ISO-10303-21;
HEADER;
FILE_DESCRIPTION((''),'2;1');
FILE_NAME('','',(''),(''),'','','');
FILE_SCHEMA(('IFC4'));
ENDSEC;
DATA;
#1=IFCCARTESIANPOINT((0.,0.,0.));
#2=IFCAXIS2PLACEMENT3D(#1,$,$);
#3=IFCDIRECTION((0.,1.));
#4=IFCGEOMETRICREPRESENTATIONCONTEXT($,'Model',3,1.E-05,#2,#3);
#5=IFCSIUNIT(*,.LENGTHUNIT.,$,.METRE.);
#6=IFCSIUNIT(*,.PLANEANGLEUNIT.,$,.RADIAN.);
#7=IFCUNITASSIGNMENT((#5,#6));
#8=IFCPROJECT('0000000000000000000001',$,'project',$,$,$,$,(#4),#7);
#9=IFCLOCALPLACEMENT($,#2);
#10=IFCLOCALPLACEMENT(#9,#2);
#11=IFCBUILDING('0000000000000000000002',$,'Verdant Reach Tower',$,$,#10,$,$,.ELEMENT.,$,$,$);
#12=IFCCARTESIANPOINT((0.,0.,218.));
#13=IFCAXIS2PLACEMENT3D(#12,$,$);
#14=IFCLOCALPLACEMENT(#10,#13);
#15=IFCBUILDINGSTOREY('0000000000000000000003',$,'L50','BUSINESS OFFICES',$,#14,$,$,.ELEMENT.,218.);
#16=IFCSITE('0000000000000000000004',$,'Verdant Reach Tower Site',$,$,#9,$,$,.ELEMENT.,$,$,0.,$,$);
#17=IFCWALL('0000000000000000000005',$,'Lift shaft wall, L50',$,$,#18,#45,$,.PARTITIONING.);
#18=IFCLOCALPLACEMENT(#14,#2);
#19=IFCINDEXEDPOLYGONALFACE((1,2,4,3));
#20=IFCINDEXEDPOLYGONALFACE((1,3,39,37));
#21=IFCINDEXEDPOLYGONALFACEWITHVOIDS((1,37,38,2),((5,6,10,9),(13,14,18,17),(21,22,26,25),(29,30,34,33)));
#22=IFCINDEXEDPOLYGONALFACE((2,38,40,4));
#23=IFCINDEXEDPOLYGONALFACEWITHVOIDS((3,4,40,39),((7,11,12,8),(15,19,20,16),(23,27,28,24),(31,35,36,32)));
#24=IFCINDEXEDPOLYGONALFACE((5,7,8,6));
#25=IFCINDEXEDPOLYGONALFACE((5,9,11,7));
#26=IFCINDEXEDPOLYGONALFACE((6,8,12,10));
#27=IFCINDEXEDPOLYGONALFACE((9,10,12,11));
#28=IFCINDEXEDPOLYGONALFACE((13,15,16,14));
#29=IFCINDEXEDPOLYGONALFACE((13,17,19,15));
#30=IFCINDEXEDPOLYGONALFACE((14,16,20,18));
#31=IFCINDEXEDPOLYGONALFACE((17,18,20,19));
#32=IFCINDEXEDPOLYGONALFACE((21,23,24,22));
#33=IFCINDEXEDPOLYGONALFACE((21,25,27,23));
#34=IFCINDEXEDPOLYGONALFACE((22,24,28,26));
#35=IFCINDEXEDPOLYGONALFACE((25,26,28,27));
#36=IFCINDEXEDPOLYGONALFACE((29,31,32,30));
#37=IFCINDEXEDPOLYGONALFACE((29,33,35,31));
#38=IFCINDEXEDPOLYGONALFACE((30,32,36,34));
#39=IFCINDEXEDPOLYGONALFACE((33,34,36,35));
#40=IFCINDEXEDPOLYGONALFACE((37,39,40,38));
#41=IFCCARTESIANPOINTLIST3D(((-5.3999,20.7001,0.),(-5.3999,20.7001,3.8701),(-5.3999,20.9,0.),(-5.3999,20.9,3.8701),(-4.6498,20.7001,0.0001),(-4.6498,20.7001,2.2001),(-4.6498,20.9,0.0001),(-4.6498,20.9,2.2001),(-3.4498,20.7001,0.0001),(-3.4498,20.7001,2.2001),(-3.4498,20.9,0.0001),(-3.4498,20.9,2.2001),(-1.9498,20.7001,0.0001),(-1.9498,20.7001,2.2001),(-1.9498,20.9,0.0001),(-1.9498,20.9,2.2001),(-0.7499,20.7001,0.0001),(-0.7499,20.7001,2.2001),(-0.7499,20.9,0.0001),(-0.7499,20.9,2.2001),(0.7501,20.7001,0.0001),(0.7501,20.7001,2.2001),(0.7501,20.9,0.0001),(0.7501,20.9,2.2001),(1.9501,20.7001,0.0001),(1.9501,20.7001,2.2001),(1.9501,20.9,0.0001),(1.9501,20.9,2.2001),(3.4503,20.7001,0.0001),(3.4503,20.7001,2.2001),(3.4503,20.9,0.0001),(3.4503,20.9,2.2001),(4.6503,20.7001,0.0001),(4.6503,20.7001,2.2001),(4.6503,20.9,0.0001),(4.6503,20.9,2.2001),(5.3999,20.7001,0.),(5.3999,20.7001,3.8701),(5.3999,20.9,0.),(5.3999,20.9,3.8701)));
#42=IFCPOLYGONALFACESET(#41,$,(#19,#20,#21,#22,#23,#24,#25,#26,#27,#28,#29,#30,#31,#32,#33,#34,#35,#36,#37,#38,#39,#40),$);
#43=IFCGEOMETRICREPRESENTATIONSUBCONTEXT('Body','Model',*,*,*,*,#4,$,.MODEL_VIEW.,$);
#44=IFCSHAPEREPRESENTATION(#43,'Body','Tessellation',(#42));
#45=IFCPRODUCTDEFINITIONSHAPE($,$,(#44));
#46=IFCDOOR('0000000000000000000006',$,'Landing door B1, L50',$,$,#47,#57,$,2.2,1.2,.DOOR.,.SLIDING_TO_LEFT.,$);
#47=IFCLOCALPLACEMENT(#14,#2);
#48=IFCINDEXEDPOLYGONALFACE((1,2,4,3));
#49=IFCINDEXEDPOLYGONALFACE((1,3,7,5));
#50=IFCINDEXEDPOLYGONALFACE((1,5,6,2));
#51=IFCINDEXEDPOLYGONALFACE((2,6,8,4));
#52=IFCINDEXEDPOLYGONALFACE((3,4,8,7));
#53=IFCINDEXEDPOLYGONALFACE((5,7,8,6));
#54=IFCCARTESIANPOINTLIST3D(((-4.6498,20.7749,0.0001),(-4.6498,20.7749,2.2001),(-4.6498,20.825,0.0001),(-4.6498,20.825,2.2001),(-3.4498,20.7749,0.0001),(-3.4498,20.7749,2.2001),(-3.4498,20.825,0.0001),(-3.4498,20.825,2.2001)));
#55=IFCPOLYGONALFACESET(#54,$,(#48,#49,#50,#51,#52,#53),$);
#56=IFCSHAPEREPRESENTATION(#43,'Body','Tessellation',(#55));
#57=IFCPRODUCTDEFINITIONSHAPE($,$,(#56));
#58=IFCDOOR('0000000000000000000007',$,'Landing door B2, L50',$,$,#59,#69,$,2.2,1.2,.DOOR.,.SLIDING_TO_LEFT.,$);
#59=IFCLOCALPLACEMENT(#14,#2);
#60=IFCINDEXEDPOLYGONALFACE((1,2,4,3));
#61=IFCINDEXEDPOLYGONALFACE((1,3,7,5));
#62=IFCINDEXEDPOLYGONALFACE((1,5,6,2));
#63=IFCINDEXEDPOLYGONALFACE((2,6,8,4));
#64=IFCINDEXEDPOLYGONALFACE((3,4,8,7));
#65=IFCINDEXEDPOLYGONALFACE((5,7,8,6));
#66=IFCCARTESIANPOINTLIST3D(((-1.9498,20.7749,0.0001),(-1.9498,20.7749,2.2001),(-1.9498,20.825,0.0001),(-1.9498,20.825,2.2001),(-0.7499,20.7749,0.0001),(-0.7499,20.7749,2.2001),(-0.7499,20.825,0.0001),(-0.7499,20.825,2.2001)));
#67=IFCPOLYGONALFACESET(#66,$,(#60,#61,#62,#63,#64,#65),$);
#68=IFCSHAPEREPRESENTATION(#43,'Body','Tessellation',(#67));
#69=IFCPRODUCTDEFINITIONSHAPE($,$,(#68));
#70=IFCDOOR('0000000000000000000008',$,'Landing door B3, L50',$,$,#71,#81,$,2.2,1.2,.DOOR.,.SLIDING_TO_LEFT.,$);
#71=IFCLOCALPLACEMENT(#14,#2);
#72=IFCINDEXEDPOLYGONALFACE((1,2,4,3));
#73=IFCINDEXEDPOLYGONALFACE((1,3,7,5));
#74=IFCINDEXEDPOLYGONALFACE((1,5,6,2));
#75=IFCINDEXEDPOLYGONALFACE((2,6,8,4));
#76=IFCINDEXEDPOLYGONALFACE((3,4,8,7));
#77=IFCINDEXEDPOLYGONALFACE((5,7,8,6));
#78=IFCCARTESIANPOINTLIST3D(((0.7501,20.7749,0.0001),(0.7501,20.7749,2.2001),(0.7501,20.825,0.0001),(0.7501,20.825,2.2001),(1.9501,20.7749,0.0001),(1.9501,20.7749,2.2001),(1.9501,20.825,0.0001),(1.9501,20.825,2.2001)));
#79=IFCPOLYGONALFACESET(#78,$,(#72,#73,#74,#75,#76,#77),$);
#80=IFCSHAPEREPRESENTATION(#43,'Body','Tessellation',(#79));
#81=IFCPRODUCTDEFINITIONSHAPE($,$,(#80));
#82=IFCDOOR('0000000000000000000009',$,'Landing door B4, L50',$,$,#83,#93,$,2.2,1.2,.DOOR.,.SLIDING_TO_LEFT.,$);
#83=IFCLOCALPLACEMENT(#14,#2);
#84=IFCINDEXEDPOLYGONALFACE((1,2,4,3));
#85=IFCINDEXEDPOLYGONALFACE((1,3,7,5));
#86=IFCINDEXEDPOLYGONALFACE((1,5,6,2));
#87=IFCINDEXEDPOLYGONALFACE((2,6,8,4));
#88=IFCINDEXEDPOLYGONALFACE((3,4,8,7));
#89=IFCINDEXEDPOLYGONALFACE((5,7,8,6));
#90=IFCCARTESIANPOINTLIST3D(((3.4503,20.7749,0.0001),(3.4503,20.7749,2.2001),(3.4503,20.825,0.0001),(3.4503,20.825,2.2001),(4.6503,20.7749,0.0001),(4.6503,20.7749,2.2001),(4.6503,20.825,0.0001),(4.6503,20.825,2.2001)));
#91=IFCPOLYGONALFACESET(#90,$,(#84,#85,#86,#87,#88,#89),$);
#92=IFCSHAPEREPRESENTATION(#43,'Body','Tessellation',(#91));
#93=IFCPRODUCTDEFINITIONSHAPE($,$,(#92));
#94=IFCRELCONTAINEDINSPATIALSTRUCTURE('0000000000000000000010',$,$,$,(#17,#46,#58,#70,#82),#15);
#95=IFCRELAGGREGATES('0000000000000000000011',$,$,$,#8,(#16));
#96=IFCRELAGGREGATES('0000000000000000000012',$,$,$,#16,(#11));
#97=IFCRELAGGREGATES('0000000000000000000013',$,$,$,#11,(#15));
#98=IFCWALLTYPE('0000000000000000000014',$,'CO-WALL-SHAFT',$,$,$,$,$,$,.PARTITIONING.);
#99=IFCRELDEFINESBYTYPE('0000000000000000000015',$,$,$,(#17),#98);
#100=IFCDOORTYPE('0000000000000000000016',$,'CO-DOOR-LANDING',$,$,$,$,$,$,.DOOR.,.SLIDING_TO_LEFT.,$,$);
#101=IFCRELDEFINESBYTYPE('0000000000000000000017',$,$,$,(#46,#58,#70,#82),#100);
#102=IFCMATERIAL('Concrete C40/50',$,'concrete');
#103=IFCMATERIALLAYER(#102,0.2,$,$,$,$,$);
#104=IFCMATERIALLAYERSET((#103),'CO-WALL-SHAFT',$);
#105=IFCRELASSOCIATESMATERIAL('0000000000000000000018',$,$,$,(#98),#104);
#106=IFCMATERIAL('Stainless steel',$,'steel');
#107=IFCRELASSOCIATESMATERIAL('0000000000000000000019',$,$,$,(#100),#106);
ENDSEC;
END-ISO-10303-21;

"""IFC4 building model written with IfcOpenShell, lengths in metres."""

from ifc_helpers import new_model, si_unit, direction, frame, frame_2d, origin, place, context, subcontext, project, spatial, rectangle, extrude, material, layer, layer_set, type_object, element, fill, save


model = new_model("IFC4")

# Units and contexts
model_context = context("Model", 3, precision=1e-05, world=origin(), true_north=direction((0.0, 1.0)))
body_context = subcontext(model_context, "Body", "Model", "MODEL_VIEW")
ifc_project = project(units=[si_unit("LENGTHUNIT", "METRE"), si_unit("PLANEANGLEUNIT", "RADIAN")], contexts=[model_context])

# Site, building, storey
site_placement = place(None, origin())
site = spatial("IfcSite", under=ifc_project, at=site_placement, Name="Verdant Reach Tower Site", CompositionType="ELEMENT", RefElevation=0.0)
building_placement = place(site_placement, origin())
building = spatial("IfcBuilding", under=site, at=building_placement, Name="Verdant Reach Tower", CompositionType="ELEMENT")
storey_placement = place(building_placement, frame((0.0, 0.0, 218.0)))
storey = spatial("IfcBuildingStorey", under=building, at=storey_placement, Name="L50", Description="BUSINESS OFFICES", CompositionType="ELEMENT", Elevation=218.0)

# Wall, openings, doors
ifc_material_1 = material(Name="Concrete C40/50", Category="concrete")
ifc_layer_1 = layer(ifc_material_1, 0.2)
ifc_layer_set_1 = layer_set([ifc_layer_1], Name="CO-WALL-SHAFT")
wall_type_1 = type_object("IfcWallType", Name="CO-WALL-SHAFT", PredefinedType="PARTITIONING", material=ifc_layer_set_1)
wall_1_placement = place(storey_placement, frame((-5.3999, 20.8, 0.0), z_axis=(0.0, 0.0, 1.0), x_axis=(1.0, 0.0, 0.0)))
wall_1 = element("IfcWall", 1, at=wall_1_placement, inside=storey, type_object=wall_type_1, Name="Lift shaft wall, L50", PredefinedType="PARTITIONING", context=body_context, shape_type="SweptSolid", body=[
    extrude(rectangle(XDim=10.7998, YDim=0.2, at=frame_2d((5.3999, 0.0))), origin(), (0.0, 0.0, 1.0), 3.8701),
])
opening_1_placement = place(wall_1_placement, frame((0.75, 0.0, 0.0)))
opening_1 = element("IfcOpeningElement", 2, at=opening_1_placement, cuts=wall_1, PredefinedType="OPENING", context=body_context, shape_type="SweptSolid", body=[
    extrude(rectangle(XDim=1.2, YDim=2.2, at=frame_2d((0.6001, 1.1001))), frame((0.0, 0.1099, 0.0), z_axis=(0.0, -1.0, 0.0), x_axis=(1.0, 0.0, 0.0)), (0.0, 0.0, 1.0), 0.22),
])
opening_2_placement = place(wall_1_placement, frame((3.45, 0.0, 0.0)))
opening_2 = element("IfcOpeningElement", 3, at=opening_2_placement, cuts=wall_1, PredefinedType="OPENING", context=body_context, shape_type="SweptSolid", body=[
    extrude(rectangle(XDim=1.2, YDim=2.2, at=frame_2d((0.6001, 1.1001))), frame((0.0, 0.1099, 0.0), z_axis=(0.0, -1.0, 0.0), x_axis=(1.0, 0.0, 0.0)), (0.0, 0.0, 1.0), 0.22),
])
opening_3_placement = place(wall_1_placement, frame((6.1499, 0.0, 0.0)))
opening_3 = element("IfcOpeningElement", 4, at=opening_3_placement, cuts=wall_1, PredefinedType="OPENING", context=body_context, shape_type="SweptSolid", body=[
    extrude(rectangle(XDim=1.2, YDim=2.2, at=frame_2d((0.6001, 1.1001))), frame((0.0, 0.1099, 0.0), z_axis=(0.0, -1.0, 0.0), x_axis=(1.0, 0.0, 0.0)), (0.0, 0.0, 1.0), 0.22),
])
opening_4_placement = place(wall_1_placement, frame((8.8501, 0.0, 0.0)))
opening_4 = element("IfcOpeningElement", 5, at=opening_4_placement, cuts=wall_1, PredefinedType="OPENING", context=body_context, shape_type="SweptSolid", body=[
    extrude(rectangle(XDim=1.2, YDim=2.2, at=frame_2d((0.6001, 1.1001))), frame((0.0, 0.1099, 0.0), z_axis=(0.0, -1.0, 0.0), x_axis=(1.0, 0.0, 0.0)), (0.0, 0.0, 1.0), 0.22),
])
ifc_material_2 = material(Name="Stainless steel", Category="steel")
door_type_1 = type_object("IfcDoorType", Name="CO-DOOR-LANDING", OperationType="SLIDING_TO_LEFT", PredefinedType="DOOR", material=ifc_material_2)
door_1_placement = place(opening_1_placement, origin())
door_1 = element("IfcDoor", 6, at=door_1_placement, inside=storey, type_object=door_type_1, Name="Landing door B1, L50", OperationType="SLIDING_TO_LEFT", OverallHeight=2.2, OverallWidth=1.2, PredefinedType="DOOR", context=body_context, shape_type="SweptSolid", body=[
    extrude(rectangle(XDim=1.2, YDim=2.2, at=frame_2d((0.6001, 1.1001))), frame((0.0, 0.0249, 0.0), z_axis=(0.0, -1.0, 0.0), x_axis=(1.0, 0.0, 0.0)), (0.0, 0.0, 1.0), 0.05),
])
fill(opening_1, door_1)
door_2_placement = place(opening_2_placement, origin())
door_2 = element("IfcDoor", 7, at=door_2_placement, inside=storey, type_object=door_type_1, Name="Landing door B2, L50", OperationType="SLIDING_TO_LEFT", OverallHeight=2.2, OverallWidth=1.2, PredefinedType="DOOR", context=body_context, shape_type="SweptSolid", body=[
    extrude(rectangle(XDim=1.2, YDim=2.2, at=frame_2d((0.6001, 1.1001))), frame((0.0, 0.0249, 0.0), z_axis=(0.0, -1.0, 0.0), x_axis=(1.0, 0.0, 0.0)), (0.0, 0.0, 1.0), 0.05),
])
fill(opening_2, door_2)
door_3_placement = place(opening_3_placement, origin())
door_3 = element("IfcDoor", 8, at=door_3_placement, inside=storey, type_object=door_type_1, Name="Landing door B3, L50", OperationType="SLIDING_TO_LEFT", OverallHeight=2.2, OverallWidth=1.2, PredefinedType="DOOR", context=body_context, shape_type="SweptSolid", body=[
    extrude(rectangle(XDim=1.2, YDim=2.2, at=frame_2d((0.6001, 1.1001))), frame((0.0, 0.0249, 0.0), z_axis=(0.0, -1.0, 0.0), x_axis=(1.0, 0.0, 0.0)), (0.0, 0.0, 1.0), 0.05),
])
fill(opening_3, door_3)
door_4_placement = place(opening_4_placement, origin())
door_4 = element("IfcDoor", 9, at=door_4_placement, inside=storey, type_object=door_type_1, Name="Landing door B4, L50", OperationType="SLIDING_TO_LEFT", OverallHeight=2.2, OverallWidth=1.2, PredefinedType="DOOR", context=body_context, shape_type="SweptSolid", body=[
    extrude(rectangle(XDim=1.2, YDim=2.2, at=frame_2d((0.6001, 1.1001))), frame((0.0, 0.0249, 0.0), z_axis=(0.0, -1.0, 0.0), x_axis=(1.0, 0.0, 0.0)), (0.0, 0.0, 1.0), 0.05),
])
fill(opening_4, door_4)

save(model, "model.ifc")
